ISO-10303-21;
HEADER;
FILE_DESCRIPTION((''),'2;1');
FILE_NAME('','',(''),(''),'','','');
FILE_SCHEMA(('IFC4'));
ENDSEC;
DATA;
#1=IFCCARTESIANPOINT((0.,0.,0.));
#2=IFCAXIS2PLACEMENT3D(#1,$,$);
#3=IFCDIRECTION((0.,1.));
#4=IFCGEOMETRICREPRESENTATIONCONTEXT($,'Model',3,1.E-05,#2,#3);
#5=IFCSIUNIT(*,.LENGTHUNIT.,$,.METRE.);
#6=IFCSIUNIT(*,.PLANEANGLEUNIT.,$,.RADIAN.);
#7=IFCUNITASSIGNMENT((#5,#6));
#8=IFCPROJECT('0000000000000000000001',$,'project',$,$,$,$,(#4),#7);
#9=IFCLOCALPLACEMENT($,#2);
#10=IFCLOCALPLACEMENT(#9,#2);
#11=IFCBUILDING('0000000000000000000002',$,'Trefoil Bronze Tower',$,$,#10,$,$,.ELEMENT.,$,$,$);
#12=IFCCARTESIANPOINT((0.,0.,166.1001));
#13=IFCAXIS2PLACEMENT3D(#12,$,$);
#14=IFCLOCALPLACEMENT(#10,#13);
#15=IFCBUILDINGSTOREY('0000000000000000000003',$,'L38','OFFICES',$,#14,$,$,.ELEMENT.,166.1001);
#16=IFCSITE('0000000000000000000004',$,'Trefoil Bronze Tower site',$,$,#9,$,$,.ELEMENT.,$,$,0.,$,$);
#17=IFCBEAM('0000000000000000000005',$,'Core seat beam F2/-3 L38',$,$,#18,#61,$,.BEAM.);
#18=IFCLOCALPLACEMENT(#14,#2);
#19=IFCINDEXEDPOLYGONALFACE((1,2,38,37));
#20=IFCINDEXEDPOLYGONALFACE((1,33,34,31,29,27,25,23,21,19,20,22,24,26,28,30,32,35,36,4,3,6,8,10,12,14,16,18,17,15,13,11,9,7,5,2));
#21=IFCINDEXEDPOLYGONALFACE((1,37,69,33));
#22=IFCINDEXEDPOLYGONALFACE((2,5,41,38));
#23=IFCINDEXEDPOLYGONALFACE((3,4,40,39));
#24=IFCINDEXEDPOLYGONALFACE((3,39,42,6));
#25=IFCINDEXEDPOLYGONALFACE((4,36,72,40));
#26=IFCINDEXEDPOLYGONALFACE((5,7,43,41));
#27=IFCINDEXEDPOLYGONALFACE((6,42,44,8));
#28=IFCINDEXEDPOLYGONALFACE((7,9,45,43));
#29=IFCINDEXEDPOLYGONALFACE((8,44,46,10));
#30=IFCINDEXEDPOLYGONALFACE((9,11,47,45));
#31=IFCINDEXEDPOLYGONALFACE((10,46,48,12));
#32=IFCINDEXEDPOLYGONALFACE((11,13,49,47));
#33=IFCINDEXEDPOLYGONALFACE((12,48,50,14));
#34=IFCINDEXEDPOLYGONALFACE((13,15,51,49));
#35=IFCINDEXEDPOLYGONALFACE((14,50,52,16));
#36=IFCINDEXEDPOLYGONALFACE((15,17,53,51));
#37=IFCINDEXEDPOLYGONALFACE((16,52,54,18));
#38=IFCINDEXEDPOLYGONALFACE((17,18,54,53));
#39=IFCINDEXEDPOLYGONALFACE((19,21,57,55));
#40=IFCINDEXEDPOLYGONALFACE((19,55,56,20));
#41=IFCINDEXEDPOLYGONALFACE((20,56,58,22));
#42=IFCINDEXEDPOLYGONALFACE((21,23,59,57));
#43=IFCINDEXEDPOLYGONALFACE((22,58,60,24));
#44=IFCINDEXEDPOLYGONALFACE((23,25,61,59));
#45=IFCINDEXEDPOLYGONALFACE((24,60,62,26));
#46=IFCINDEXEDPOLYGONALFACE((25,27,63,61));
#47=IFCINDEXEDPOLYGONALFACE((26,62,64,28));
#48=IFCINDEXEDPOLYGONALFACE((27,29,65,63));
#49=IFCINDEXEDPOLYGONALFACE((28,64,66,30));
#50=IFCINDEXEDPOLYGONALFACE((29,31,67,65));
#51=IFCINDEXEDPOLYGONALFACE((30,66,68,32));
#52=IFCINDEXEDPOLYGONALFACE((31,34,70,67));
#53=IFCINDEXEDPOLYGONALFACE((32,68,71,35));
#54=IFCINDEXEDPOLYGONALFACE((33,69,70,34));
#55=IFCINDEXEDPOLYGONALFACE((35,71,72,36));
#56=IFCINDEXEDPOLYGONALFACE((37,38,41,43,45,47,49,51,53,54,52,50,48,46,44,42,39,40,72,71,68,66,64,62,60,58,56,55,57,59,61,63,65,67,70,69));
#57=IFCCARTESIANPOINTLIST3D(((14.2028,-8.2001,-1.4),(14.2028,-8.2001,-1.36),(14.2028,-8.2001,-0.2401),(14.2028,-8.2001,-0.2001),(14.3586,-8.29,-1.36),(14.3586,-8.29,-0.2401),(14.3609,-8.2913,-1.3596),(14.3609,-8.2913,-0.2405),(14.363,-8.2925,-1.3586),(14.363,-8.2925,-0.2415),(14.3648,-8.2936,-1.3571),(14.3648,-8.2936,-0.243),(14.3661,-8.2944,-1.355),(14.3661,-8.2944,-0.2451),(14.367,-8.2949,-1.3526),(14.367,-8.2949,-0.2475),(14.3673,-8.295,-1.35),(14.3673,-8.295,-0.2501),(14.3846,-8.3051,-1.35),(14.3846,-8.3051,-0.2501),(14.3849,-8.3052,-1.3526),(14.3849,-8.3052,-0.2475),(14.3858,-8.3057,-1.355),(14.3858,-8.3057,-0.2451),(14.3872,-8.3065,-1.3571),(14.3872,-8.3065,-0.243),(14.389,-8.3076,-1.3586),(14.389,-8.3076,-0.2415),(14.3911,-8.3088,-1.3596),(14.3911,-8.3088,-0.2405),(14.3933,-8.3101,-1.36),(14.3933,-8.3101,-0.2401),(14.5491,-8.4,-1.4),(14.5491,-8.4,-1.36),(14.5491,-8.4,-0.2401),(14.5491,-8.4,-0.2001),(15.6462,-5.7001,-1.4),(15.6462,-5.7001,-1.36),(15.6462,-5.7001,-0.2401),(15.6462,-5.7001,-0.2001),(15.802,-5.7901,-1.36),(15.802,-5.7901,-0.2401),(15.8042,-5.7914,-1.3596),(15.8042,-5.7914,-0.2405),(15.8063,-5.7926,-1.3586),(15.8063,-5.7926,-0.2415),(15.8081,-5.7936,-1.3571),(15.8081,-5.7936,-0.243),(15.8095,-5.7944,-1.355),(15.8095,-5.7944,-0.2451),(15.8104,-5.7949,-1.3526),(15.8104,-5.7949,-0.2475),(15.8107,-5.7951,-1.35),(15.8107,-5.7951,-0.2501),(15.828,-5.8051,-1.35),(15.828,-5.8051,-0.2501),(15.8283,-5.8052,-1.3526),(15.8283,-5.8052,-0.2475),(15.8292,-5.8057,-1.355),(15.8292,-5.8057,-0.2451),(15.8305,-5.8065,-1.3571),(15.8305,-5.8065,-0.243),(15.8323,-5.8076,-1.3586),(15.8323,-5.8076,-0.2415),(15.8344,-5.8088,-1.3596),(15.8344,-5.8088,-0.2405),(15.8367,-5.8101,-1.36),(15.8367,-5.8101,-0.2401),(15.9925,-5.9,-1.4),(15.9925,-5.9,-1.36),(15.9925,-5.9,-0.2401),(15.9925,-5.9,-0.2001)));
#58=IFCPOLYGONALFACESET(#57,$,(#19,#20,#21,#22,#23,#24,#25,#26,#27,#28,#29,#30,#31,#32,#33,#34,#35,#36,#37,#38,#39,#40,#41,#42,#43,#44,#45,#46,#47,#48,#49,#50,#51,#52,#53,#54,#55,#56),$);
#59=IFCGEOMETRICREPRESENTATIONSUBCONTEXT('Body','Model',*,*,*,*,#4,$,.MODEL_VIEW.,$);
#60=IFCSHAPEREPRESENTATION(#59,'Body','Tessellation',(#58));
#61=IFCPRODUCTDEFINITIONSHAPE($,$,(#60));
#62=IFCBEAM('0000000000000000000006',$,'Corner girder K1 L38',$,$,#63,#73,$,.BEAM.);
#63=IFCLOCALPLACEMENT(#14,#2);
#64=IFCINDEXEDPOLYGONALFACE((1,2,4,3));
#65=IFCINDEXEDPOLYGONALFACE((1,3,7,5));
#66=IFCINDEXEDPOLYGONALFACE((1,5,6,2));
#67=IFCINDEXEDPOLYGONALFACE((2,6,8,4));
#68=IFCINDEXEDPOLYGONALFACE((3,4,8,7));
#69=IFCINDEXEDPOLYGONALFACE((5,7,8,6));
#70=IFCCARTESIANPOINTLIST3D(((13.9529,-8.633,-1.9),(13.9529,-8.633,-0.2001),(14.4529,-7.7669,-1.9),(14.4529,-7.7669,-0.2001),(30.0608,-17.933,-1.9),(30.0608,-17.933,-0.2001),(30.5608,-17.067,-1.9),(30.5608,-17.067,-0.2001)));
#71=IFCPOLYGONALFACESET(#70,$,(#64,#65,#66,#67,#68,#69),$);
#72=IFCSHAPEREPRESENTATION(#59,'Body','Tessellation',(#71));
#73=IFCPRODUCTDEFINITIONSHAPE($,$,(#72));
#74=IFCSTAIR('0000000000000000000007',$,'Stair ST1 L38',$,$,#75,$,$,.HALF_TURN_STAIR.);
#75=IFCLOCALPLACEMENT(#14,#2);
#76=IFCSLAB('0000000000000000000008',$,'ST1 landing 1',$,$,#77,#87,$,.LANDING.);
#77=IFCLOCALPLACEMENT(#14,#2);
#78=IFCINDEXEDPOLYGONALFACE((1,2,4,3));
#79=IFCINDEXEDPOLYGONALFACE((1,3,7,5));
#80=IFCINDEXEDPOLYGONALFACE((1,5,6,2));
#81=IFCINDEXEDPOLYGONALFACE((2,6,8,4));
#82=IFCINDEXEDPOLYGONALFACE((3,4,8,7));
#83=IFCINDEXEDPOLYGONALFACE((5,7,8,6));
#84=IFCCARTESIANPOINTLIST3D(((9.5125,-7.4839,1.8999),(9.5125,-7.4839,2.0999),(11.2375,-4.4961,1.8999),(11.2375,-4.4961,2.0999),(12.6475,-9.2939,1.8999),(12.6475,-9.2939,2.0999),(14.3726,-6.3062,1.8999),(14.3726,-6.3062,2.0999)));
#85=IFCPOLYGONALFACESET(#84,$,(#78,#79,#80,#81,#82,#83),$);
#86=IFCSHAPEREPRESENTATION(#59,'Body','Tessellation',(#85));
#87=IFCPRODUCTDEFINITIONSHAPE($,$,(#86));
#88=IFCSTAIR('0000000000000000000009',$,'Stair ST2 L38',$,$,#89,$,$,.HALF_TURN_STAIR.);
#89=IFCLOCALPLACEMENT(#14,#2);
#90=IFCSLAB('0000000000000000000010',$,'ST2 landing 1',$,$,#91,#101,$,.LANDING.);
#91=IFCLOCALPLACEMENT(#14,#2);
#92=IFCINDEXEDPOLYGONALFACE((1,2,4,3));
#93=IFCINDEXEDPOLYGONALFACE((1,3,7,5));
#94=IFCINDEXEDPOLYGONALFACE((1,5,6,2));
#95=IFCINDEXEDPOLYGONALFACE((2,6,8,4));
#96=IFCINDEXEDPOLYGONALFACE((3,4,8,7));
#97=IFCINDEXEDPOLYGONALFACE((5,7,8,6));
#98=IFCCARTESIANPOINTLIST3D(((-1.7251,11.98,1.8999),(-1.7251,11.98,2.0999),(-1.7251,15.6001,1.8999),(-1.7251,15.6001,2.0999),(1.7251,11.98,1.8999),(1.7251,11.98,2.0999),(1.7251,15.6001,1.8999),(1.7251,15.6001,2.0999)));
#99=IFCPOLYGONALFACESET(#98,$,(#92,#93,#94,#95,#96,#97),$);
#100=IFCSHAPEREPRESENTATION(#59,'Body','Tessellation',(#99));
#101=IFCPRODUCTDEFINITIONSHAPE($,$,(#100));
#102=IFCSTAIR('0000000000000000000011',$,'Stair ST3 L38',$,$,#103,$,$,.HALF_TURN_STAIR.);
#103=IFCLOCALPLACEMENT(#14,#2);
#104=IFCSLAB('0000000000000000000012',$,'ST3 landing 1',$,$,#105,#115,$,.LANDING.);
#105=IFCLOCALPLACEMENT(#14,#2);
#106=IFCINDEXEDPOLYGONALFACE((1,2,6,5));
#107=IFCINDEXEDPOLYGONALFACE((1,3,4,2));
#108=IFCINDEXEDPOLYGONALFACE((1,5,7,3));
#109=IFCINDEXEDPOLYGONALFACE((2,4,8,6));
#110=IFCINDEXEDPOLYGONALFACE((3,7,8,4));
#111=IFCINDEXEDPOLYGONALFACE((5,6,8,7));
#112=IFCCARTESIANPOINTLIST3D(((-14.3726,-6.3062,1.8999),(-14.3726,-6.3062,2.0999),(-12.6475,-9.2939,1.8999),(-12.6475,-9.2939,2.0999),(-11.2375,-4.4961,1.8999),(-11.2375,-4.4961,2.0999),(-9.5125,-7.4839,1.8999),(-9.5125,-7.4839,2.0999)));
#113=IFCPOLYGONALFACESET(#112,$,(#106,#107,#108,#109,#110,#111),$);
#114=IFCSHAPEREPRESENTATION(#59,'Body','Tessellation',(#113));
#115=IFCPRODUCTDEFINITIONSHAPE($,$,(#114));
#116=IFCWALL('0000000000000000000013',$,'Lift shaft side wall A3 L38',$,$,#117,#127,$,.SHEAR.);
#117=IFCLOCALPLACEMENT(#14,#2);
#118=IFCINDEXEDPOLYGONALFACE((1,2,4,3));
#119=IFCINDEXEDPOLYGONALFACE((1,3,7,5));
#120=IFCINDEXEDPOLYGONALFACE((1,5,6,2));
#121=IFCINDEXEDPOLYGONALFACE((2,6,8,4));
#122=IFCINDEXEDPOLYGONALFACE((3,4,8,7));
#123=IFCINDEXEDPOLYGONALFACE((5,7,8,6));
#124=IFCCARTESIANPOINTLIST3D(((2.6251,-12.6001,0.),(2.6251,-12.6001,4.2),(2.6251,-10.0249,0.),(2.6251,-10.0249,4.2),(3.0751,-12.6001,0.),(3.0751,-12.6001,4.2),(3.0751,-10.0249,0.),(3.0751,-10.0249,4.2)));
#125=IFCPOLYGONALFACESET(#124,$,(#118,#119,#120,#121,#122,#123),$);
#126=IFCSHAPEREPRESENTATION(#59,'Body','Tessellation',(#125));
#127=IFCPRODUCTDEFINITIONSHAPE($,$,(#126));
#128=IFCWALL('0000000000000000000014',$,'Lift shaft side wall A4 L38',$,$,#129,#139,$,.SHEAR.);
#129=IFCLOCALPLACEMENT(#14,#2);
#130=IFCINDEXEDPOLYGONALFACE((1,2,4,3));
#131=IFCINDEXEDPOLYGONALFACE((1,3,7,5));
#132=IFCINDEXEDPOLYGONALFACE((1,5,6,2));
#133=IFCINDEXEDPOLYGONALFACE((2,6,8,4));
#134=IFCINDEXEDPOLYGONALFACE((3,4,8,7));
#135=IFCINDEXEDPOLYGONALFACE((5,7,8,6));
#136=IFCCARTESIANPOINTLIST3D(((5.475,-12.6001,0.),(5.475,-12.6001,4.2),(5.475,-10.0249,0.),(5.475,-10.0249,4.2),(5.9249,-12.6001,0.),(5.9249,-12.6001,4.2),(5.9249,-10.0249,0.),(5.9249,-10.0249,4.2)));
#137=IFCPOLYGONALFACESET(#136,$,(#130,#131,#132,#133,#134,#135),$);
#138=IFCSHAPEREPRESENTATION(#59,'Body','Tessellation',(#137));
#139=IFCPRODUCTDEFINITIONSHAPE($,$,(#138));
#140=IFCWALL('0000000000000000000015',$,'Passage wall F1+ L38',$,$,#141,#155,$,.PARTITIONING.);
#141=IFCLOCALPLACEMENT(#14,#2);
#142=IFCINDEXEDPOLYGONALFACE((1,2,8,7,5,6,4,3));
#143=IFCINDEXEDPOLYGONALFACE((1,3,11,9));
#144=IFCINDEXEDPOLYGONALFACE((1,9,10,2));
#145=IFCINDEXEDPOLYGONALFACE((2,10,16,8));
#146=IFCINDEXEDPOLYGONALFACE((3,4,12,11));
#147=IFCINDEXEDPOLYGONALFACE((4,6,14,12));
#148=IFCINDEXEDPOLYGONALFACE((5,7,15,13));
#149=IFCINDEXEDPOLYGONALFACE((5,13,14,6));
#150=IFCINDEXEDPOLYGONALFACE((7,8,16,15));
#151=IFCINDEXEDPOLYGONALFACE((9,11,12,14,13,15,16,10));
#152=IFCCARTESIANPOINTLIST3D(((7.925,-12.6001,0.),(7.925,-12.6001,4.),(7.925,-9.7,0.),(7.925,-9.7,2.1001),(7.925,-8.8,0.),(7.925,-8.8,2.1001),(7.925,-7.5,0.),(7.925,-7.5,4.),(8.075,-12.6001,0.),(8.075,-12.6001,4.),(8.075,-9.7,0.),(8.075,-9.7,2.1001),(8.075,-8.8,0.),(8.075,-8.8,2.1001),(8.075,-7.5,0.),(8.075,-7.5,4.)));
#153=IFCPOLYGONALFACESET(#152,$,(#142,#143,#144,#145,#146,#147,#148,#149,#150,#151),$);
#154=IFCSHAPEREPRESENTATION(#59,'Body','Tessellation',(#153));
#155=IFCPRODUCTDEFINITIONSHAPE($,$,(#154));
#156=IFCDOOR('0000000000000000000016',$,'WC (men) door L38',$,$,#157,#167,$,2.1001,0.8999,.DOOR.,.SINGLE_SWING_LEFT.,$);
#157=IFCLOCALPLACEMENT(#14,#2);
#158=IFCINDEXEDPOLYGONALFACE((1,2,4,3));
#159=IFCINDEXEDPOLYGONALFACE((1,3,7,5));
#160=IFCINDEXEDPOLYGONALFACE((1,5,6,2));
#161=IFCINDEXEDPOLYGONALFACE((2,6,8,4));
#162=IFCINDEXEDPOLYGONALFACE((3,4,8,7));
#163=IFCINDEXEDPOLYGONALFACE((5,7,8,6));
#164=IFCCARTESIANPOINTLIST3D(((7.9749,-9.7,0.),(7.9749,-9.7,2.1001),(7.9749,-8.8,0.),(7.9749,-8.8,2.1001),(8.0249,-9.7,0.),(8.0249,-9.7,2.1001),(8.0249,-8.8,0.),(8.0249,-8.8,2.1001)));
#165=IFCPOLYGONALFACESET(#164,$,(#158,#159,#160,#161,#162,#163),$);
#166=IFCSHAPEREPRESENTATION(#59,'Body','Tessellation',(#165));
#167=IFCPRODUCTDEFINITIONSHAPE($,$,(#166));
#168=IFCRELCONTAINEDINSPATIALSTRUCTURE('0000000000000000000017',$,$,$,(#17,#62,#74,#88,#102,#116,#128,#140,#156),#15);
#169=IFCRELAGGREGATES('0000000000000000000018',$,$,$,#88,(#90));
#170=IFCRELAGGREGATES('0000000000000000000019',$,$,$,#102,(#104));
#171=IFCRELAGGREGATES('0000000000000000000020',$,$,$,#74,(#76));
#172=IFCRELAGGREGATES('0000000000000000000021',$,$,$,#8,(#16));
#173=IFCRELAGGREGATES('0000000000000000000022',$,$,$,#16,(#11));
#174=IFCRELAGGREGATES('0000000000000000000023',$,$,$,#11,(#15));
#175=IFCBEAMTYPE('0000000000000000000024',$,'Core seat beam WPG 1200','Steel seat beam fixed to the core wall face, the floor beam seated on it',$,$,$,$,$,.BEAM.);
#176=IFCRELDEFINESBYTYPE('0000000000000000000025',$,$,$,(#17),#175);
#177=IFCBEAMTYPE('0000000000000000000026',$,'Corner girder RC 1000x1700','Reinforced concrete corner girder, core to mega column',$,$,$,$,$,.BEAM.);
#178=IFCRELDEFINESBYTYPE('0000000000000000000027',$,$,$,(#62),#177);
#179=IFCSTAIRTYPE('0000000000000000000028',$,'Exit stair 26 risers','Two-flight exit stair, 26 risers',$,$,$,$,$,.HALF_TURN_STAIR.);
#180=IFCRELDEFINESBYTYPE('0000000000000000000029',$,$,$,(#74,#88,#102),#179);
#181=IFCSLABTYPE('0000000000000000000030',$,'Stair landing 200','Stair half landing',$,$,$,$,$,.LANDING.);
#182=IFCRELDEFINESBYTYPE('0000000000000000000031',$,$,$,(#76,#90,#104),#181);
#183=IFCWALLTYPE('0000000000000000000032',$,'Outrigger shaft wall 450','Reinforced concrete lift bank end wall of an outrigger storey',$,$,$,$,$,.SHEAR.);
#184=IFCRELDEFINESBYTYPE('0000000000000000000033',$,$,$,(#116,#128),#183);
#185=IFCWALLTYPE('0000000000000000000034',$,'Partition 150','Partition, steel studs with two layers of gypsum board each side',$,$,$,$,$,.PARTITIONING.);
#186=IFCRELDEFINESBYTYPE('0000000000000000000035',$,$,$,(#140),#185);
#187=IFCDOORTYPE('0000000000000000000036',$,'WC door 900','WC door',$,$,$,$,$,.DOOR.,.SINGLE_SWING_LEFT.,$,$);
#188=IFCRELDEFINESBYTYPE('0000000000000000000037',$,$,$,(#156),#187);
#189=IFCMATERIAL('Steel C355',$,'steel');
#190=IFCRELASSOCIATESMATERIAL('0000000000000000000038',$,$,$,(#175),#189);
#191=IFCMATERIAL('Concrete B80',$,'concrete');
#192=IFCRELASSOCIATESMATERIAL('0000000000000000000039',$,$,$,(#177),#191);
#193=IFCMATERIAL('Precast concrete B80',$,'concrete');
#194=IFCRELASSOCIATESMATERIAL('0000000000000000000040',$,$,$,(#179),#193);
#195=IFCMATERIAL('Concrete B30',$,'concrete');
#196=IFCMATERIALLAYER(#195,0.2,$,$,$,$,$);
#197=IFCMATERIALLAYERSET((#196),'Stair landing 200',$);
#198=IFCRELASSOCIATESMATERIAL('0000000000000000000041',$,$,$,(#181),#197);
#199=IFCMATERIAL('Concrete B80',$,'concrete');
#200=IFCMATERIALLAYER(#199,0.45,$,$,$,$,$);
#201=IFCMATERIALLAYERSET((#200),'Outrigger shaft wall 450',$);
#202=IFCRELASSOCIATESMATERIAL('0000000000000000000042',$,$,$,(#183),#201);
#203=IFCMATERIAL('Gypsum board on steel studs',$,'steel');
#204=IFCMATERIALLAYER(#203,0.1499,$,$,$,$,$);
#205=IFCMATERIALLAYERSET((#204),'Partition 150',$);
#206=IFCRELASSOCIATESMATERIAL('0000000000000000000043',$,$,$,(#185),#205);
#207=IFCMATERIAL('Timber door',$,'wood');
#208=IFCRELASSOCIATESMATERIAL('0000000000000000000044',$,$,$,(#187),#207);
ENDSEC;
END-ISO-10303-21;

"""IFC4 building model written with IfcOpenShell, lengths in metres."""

from ifc_helpers import new_model, si_unit, direction, frame, frame_2d, origin, origin_2d, place, context, subcontext, project, spatial, polyline, rectangle, i_section, outline, extrude, material, layer, layer_set, material_profile, profile_set, type_object, element, fill, aggregate, save


model = new_model("IFC4")

# Units and contexts
model_context = context("Model", 3, precision=1e-05, world=origin(), true_north=direction((0.0, 1.0)))
body_context = subcontext(model_context, "Body", "Model", "MODEL_VIEW")
ifc_project = project(units=[si_unit("LENGTHUNIT", "METRE"), si_unit("PLANEANGLEUNIT", "RADIAN")], contexts=[model_context])

# Site, building, storey
site_placement = place(None, origin())
site = spatial("IfcSite", under=ifc_project, at=site_placement, Name="Trefoil Bronze Tower site", CompositionType="ELEMENT", RefElevation=0.0)
building_placement = place(site_placement, origin())
building = spatial("IfcBuilding", under=site, at=building_placement, Name="Trefoil Bronze Tower", CompositionType="ELEMENT")
storey_placement = place(building_placement, frame((0.0, 0.0, 166.1001)))
storey = spatial("IfcBuildingStorey", under=building, at=storey_placement, Name="L38", Description="OFFICES", CompositionType="ELEMENT", Elevation=166.1001)

# Beams
ifc_material_1 = material(Name="Steel C355", Category="steel")
ifc_material_profile_1 = material_profile(ifc_material_1, i_section(OverallWidth=0.3999, OverallDepth=1.2, WebThickness=0.02, FlangeThickness=0.04, FilletRadius=0.01, at=origin_2d()), Name="WPG 1200")
ifc_profile_set_1 = profile_set([ifc_material_profile_1], Name="Steel C355")
beam_type_1 = type_object("IfcBeamType", Name="Core seat beam WPG 1200", Description="Steel seat beam fixed to the core wall face, the floor beam seated on it", PredefinedType="BEAM", material=ifc_profile_set_1)
beam_1_placement = place(storey_placement, frame((14.376, -8.3, -0.8), z_axis=(0.499996, 0.866028, 0.0), x_axis=(-0.866028, 0.499996, 0.0)))
element("IfcBeam", 1, at=beam_1_placement, inside=storey, type_object=beam_type_1, Name="Core seat beam F2/-3 L38", PredefinedType="BEAM", context=body_context, shape_type="SweptSolid", body=[
    extrude(i_section(OverallWidth=0.3999, OverallDepth=1.2, WebThickness=0.02, FlangeThickness=0.04, FilletRadius=0.01, at=origin_2d()), origin(), (0.0, 0.0, 1.0), 2.8867),
])
ifc_material_2 = material(Name="Concrete B80", Category="concrete")
ifc_material_profile_2 = material_profile(ifc_material_2, rectangle(XDim=1.0, YDim=1.7, at=origin_2d()), Name="RC 1000x1700")
ifc_profile_set_2 = profile_set([ifc_material_profile_2], Name="Concrete B80")
beam_type_2 = type_object("IfcBeamType", Name="Corner girder RC 1000x1700", Description="Reinforced concrete corner girder, core to mega column", PredefinedType="BEAM", material=ifc_profile_set_2)
beam_2_placement = place(storey_placement, frame((14.2029, -8.2, -1.05), z_axis=(0.866022, -0.500006, 0.0), x_axis=(0.500006, 0.866022, 0.0)))
element("IfcBeam", 2, at=beam_2_placement, inside=storey, type_object=beam_type_2, Name="Corner girder K1 L38", PredefinedType="BEAM", context=body_context, shape_type="SweptSolid", body=[
    extrude(rectangle(XDim=1.0, YDim=1.7, at=origin_2d()), origin(), (0.0, 0.0, 1.0), 18.5999),
])

# Stairs, slabs
ifc_material_3 = material(Name="Precast concrete B80", Category="concrete")
stair_type = type_object("IfcStairType", Name="Exit stair 26 risers", Description="Two-flight exit stair, 26 risers", PredefinedType="HALF_TURN_STAIR", material=ifc_material_3)
stair_1_placement = place(storey_placement, origin())
stair_1 = element("IfcStair", 3, at=stair_1_placement, inside=storey, type_object=stair_type, Name="Stair ST1 L38", PredefinedType="HALF_TURN_STAIR")
ifc_material_4 = material(Name="Concrete B30", Category="concrete")
ifc_layer_1 = layer(ifc_material_4, 0.2)
ifc_layer_set_1 = layer_set([ifc_layer_1], Name="Stair landing 200")
slab_type = type_object("IfcSlabType", Name="Stair landing 200", Description="Stair half landing", PredefinedType="LANDING", material=ifc_layer_set_1)
slab_1_placement = place(storey_placement, frame((0.0, 0.0, 1.8999)))
slab_1 = element("IfcSlab", 4, at=slab_1_placement, type_object=slab_type, Name="ST1 landing 1", PredefinedType="LANDING", context=body_context, shape_type="SweptSolid", body=[
    extrude(outline(polyline([(9.5125, -7.4839), (12.6475, -9.2939), (14.3726, -6.3062), (11.2375, -4.4961), (9.5125, -7.4839)])), origin(), (0.0, 0.0, 1.0), 0.2),
])
stair_2_placement = place(storey_placement, origin())
stair_2 = element("IfcStair", 5, at=stair_2_placement, inside=storey, type_object=stair_type, Name="Stair ST2 L38", PredefinedType="HALF_TURN_STAIR")
slab_2_placement = place(storey_placement, frame((0.0, 0.0, 1.8999)))
slab_2 = element("IfcSlab", 6, at=slab_2_placement, type_object=slab_type, Name="ST2 landing 1", PredefinedType="LANDING", context=body_context, shape_type="SweptSolid", body=[
    extrude(outline(polyline([(1.7251, 11.98), (1.7251, 15.6001), (-1.7251, 15.6001), (-1.7251, 11.98), (1.7251, 11.98)])), origin(), (0.0, 0.0, 1.0), 0.2),
])
aggregate(stair_2, [slab_2])
stair_3_placement = place(storey_placement, origin())
stair_3 = element("IfcStair", 7, at=stair_3_placement, inside=storey, type_object=stair_type, Name="Stair ST3 L38", PredefinedType="HALF_TURN_STAIR")
slab_3_placement = place(storey_placement, frame((0.0, 0.0, 1.8999)))
slab_3 = element("IfcSlab", 8, at=slab_3_placement, type_object=slab_type, Name="ST3 landing 1", PredefinedType="LANDING", context=body_context, shape_type="SweptSolid", body=[
    extrude(outline(polyline([(-11.2375, -4.4961), (-14.3726, -6.3062), (-12.6475, -9.2939), (-9.5125, -7.4839), (-11.2375, -4.4961)])), origin(), (0.0, 0.0, 1.0), 0.2),
])
aggregate(stair_3, [slab_3])

# Walls
ifc_material_5 = material(Name="Concrete B80", Category="concrete")
ifc_layer_2 = layer(ifc_material_5, 0.45)
ifc_layer_set_2 = layer_set([ifc_layer_2], Name="Outrigger shaft wall 450")
wall_type_1 = type_object("IfcWallType", Name="Outrigger shaft wall 450", Description="Reinforced concrete lift bank end wall of an outrigger storey", PredefinedType="SHEAR", material=ifc_layer_set_2)
for number, where, z_axis, x_axis, name in (
    (9, (2.8501, -10.0249, 0.0), (0.0, 0.0, 1.0), (0.0, -1.0, 0.0), "Lift shaft side wall A3 L38"),
    (10, (5.7, -10.0249, 0.0), (0.0, 0.0, 1.0), (0.0, -1.0, 0.0), "Lift shaft side wall A4 L38"),
):
    element("IfcWall", number, at=place(storey_placement, frame(where, z_axis=z_axis, x_axis=x_axis)), inside=storey, type_object=wall_type_1, Name=name, PredefinedType="SHEAR", context=body_context, shape_type="SweptSolid", body=[
        extrude(rectangle(XDim=2.5752, YDim=0.45, at=frame_2d((1.2876, 0.0))), origin(), (0.0, 0.0, 1.0), 4.2),
    ])

# Wall, opening, door
ifc_material_6 = material(Name="Gypsum board on steel studs", Category="steel")
ifc_layer_3 = layer(ifc_material_6, 0.1499)
ifc_layer_set_3 = layer_set([ifc_layer_3], Name="Partition 150")
wall_type_2 = type_object("IfcWallType", Name="Partition 150", Description="Partition, steel studs with two layers of gypsum board each side", PredefinedType="PARTITIONING", material=ifc_layer_set_3)
wall_1_placement = place(storey_placement, frame((8.0, -7.5, 0.0), z_axis=(0.0, 0.0, 1.0), x_axis=(0.0, -1.0, 0.0)))
wall_1 = element("IfcWall", 11, at=wall_1_placement, inside=storey, type_object=wall_type_2, Name="Passage wall F1+ L38", PredefinedType="PARTITIONING", context=body_context, shape_type="SweptSolid", body=[
    extrude(rectangle(XDim=5.1001, YDim=0.1499, at=frame_2d((2.55, 0.0))), origin(), (0.0, 0.0, 1.0), 4.0),
])
opening_1_placement = place(wall_1_placement, frame((1.3, 0.0, 0.0)))
opening_1 = element("IfcOpeningElement", 12, at=opening_1_placement, cuts=wall_1, PredefinedType="OPENING", context=body_context, shape_type="SweptSolid", body=[
    extrude(rectangle(XDim=0.8999, YDim=2.1001, at=frame_2d((0.45, 1.05))), frame((0.0, 0.085, 0.0), z_axis=(0.0, -1.0, 0.0), x_axis=(1.0, 0.0, 0.0)), (0.0, 0.0, 1.0), 0.1699),
])
ifc_material_7 = material(Name="Timber door", Category="wood")
door_type_1 = type_object("IfcDoorType", Name="WC door 900", Description="WC door", OperationType="SINGLE_SWING_LEFT", PredefinedType="DOOR", material=ifc_material_7)
door_1_placement = place(opening_1_placement, origin())
door_1 = element("IfcDoor", 13, at=door_1_placement, inside=storey, type_object=door_type_1, Name="WC (men) door L38", OperationType="SINGLE_SWING_LEFT", OverallHeight=2.1001, OverallWidth=0.8999, PredefinedType="DOOR", context=body_context, shape_type="SweptSolid", body=[
    extrude(rectangle(XDim=0.8999, YDim=2.1001, at=frame_2d((0.45, 1.05))), frame((0.0, 0.0249, 0.0), z_axis=(0.0, -1.0, 0.0), x_axis=(1.0, 0.0, 0.0)), (0.0, 0.0, 1.0), 0.05),
])
fill(opening_1, door_1)

aggregate(stair_1, [slab_1])

save(model, "model.ifc")
